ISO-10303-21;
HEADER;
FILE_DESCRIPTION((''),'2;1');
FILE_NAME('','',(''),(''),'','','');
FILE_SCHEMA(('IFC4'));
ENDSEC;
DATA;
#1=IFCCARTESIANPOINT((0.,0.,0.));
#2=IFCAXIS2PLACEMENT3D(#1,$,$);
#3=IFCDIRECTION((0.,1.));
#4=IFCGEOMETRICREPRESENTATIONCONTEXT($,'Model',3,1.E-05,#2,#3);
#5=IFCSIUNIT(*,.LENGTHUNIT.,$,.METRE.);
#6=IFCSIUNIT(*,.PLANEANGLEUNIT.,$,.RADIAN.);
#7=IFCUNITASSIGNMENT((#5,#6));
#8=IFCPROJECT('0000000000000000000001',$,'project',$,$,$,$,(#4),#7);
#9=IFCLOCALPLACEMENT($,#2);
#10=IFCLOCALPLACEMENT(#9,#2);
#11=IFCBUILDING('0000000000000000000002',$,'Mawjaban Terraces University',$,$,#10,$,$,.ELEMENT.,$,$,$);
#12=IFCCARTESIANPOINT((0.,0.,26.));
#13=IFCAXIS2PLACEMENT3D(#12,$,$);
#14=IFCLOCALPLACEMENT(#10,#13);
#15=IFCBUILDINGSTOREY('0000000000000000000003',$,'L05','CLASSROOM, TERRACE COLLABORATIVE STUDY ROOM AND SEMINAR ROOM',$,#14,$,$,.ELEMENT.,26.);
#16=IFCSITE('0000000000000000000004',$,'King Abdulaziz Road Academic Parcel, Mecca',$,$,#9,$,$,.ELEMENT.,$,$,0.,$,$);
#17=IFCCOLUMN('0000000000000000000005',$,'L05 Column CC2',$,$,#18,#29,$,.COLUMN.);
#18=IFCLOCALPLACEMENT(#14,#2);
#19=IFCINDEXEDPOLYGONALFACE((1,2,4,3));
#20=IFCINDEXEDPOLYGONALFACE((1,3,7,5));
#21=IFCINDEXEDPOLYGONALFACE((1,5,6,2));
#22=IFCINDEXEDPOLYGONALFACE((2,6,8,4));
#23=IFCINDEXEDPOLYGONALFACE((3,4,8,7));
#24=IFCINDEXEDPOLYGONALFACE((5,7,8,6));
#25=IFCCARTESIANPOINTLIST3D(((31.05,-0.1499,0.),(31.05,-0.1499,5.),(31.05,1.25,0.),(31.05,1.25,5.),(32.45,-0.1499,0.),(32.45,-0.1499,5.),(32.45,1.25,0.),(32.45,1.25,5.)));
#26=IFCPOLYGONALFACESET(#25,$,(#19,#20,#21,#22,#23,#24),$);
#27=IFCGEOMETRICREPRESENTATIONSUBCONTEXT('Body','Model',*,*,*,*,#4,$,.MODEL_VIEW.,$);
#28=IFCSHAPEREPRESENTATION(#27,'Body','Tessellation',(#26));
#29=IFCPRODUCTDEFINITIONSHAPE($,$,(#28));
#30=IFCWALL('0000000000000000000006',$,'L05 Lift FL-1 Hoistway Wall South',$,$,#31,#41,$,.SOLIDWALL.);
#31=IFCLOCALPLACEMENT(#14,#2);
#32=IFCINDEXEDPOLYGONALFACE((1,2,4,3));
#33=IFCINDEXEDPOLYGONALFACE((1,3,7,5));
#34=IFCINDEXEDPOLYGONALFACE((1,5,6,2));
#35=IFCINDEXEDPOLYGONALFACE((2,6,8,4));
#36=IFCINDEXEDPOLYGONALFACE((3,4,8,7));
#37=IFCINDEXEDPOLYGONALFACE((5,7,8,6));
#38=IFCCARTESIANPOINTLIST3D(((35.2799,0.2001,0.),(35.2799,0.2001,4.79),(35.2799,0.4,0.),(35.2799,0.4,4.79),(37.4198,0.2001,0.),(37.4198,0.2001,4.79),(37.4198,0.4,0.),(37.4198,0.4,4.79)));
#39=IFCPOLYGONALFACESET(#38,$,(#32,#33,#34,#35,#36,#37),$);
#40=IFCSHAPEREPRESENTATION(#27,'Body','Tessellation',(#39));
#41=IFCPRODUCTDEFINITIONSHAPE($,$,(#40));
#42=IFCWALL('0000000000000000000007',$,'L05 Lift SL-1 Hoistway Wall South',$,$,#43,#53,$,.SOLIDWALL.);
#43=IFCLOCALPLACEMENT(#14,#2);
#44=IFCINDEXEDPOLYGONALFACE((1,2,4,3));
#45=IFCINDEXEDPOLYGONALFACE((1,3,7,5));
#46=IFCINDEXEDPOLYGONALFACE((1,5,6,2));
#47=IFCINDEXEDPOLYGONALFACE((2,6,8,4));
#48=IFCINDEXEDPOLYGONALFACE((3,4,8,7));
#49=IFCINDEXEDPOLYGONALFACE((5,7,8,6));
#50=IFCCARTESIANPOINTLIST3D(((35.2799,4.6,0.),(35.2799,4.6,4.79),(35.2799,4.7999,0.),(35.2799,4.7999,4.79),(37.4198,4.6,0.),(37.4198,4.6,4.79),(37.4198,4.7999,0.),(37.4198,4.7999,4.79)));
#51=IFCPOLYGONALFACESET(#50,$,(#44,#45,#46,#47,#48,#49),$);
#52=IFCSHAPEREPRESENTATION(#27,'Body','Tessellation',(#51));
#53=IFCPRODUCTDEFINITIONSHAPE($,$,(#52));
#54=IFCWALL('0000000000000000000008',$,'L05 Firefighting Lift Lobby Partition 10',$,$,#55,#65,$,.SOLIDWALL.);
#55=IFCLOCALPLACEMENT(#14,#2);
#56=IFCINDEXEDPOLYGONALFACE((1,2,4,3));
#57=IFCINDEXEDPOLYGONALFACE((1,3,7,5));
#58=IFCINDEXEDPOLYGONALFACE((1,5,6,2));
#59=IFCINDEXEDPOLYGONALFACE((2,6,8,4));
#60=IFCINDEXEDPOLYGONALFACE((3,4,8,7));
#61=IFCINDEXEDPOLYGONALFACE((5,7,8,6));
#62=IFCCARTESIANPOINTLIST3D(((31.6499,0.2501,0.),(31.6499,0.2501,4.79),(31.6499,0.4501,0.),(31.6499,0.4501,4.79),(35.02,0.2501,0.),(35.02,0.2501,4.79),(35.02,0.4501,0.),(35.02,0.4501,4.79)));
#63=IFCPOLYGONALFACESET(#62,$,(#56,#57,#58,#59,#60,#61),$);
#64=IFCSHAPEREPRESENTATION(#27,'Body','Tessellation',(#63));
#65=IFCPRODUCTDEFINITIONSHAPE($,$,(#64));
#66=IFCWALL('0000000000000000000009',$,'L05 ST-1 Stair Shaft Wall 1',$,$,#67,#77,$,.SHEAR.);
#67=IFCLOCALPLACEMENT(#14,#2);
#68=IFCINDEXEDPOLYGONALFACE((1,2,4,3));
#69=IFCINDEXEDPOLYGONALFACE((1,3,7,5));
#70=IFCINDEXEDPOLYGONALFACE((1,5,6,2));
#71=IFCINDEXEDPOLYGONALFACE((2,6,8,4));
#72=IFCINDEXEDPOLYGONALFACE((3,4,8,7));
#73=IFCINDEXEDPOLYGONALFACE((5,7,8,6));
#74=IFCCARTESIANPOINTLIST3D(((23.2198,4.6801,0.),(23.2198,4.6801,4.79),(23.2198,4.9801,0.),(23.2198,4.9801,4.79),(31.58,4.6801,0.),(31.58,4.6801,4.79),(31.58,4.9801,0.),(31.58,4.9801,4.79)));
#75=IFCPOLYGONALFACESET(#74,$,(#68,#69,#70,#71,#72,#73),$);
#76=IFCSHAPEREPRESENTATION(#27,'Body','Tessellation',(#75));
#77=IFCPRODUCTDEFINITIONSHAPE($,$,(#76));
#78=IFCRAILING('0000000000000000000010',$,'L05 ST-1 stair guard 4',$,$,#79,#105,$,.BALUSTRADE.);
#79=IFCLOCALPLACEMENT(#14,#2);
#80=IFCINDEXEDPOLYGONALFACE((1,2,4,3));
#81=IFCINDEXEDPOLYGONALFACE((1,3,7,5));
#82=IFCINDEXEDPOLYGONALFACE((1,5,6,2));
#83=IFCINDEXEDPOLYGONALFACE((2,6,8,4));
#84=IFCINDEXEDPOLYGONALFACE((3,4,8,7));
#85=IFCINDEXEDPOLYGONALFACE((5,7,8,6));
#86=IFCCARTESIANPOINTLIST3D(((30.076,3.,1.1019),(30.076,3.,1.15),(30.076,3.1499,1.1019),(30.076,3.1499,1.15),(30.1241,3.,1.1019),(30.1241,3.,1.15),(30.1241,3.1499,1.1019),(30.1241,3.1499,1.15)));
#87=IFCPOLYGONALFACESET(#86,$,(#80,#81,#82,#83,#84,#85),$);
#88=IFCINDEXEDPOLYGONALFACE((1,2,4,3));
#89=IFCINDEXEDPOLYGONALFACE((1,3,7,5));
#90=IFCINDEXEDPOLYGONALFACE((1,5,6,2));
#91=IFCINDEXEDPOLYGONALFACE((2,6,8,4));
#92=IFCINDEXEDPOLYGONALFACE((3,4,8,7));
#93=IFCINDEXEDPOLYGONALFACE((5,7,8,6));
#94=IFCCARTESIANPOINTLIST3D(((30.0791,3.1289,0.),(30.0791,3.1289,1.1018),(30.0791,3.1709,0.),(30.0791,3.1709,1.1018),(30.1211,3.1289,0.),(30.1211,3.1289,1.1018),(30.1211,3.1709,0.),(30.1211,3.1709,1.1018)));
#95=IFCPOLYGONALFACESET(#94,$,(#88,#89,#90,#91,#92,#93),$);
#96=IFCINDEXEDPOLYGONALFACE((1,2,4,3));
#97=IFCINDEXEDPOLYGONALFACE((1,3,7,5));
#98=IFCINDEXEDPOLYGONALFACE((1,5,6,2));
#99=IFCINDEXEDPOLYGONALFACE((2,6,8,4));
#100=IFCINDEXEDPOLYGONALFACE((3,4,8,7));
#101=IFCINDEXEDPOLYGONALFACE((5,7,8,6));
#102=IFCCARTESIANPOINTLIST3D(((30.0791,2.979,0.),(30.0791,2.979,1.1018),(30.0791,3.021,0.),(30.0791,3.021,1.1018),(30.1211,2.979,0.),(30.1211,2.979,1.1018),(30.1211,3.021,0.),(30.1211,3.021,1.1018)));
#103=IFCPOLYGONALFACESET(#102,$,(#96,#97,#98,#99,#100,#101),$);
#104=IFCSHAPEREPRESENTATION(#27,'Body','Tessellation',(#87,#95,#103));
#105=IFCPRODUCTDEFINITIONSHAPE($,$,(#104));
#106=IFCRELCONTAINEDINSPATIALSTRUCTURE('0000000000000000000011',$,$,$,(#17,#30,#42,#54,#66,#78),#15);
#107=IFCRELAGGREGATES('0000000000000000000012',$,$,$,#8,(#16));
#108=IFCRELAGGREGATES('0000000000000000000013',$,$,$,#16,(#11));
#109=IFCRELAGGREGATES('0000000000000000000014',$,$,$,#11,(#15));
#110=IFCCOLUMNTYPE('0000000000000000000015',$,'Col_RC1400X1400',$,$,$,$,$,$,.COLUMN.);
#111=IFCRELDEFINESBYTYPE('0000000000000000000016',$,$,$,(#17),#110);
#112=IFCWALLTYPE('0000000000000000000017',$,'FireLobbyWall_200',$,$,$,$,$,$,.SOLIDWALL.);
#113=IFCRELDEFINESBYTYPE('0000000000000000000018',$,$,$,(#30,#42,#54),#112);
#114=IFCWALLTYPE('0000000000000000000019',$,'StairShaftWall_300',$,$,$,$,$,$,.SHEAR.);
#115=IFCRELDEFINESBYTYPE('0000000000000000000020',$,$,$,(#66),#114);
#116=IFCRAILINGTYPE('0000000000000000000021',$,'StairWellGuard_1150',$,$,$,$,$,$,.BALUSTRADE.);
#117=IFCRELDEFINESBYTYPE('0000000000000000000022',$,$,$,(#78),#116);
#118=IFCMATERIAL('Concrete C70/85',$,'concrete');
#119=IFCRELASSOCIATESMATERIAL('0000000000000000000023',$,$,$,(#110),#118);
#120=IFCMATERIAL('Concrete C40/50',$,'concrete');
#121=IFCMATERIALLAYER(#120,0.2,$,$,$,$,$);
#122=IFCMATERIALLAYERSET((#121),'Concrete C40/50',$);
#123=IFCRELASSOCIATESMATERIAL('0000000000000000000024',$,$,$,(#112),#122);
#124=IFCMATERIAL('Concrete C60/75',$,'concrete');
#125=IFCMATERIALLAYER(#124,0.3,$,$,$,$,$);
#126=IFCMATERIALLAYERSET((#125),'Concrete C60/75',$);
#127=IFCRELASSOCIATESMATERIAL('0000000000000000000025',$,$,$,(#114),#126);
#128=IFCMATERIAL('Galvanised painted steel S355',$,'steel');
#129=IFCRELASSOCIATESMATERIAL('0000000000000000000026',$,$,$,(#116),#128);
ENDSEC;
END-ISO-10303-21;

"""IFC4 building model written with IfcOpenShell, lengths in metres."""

from ifc_helpers import new_model, si_unit, direction, frame, frame_2d, origin, origin_2d, place, context, subcontext, project, spatial, rectangle, extrude, material, layer, layer_set, material_profile, profile_set, type_object, element, save


model = new_model("IFC4")

# Units and contexts
model_context = context("Model", 3, precision=1e-05, world=origin(), true_north=direction((0.0, 1.0)))
body_context = subcontext(model_context, "Body", "Model", "MODEL_VIEW")
ifc_project = project(units=[si_unit("LENGTHUNIT", "METRE"), si_unit("PLANEANGLEUNIT", "RADIAN")], contexts=[model_context])

# Site, building, storey
site_placement = place(None, origin())
site = spatial("IfcSite", under=ifc_project, at=site_placement, Name="King Abdulaziz Road Academic Parcel, Mecca", CompositionType="ELEMENT", RefElevation=0.0)
building_placement = place(site_placement, origin())
building = spatial("IfcBuilding", under=site, at=building_placement, Name="Mawjaban Terraces University", CompositionType="ELEMENT")
storey_placement = place(building_placement, frame((0.0, 0.0, 26.0)))
storey = spatial("IfcBuildingStorey", under=building, at=storey_placement, Name="L05", Description="CLASSROOM, TERRACE COLLABORATIVE STUDY ROOM AND SEMINAR ROOM", CompositionType="ELEMENT", Elevation=26.0)

# Column
ifc_material_1 = material(Name="Concrete C70/85", Category="concrete")
ifc_material_profile = material_profile(ifc_material_1, rectangle(XDim=1.3999, YDim=1.3999, at=origin_2d()), Name="RC1400X1400")
ifc_profile_set = profile_set([ifc_material_profile], Name="Concrete C70/85")
column_type = type_object("IfcColumnType", Name="Col_RC1400X1400", PredefinedType="COLUMN", material=ifc_profile_set)
column_placement = place(storey_placement, frame((31.75, 0.55, 0.0), z_axis=(0.0, 0.0, 1.0), x_axis=(1.0, 0.0, 0.0)))
element("IfcColumn", 1, at=column_placement, inside=storey, type_object=column_type, Name="L05 Column CC2", PredefinedType="COLUMN", context=body_context, shape_type="SweptSolid", body=[
    extrude(rectangle(XDim=1.3999, YDim=1.3999, at=origin_2d()), origin(), (0.0, 0.0, 1.0), 5.0),
])

# Shared definitions
ifc_material_2 = material(Name="Concrete C40/50", Category="concrete")
ifc_layer_1 = layer(ifc_material_2, 0.2)
ifc_layer_set_1 = layer_set([ifc_layer_1], Name="Concrete C40/50")
wall_type_1 = type_object("IfcWallType", Name="FireLobbyWall_200", PredefinedType="SOLIDWALL", material=ifc_layer_set_1)

# Wall
wall_1_placement = place(storey_placement, frame((35.28, 0.3, 0.0), z_axis=(0.0, 0.0, 1.0), x_axis=(1.0, 0.0, 0.0)))
element("IfcWall", 2, at=wall_1_placement, inside=storey, type_object=wall_type_1, Name="L05 Lift FL-1 Hoistway Wall South", PredefinedType="SOLIDWALL", context=body_context, shape_type="SweptSolid", body=[
    extrude(rectangle(XDim=2.1399, YDim=0.2, at=frame_2d((1.0698, 0.0))), origin(), (0.0, 0.0, 1.0), 4.79),
])

# Walls
wall_2_placement = place(storey_placement, frame((35.28, 4.7, 0.0), z_axis=(0.0, 0.0, 1.0), x_axis=(1.0, 0.0, 0.0)))
element("IfcWall", 3, at=wall_2_placement, inside=storey, type_object=wall_type_1, Name="L05 Lift SL-1 Hoistway Wall South", PredefinedType="SOLIDWALL", context=body_context, shape_type="SweptSolid", body=[
    extrude(rectangle(XDim=2.1399, YDim=0.2, at=frame_2d((1.0698, 0.0))), origin(), (0.0, 0.0, 1.0), 4.79),
])
wall_3_placement = place(storey_placement, frame((31.6499, 0.3501, 0.0), z_axis=(0.0, 0.0, 1.0), x_axis=(1.0, 0.0, 0.0)))
element("IfcWall", 4, at=wall_3_placement, inside=storey, type_object=wall_type_1, Name="L05 Firefighting Lift Lobby Partition 10", PredefinedType="SOLIDWALL", context=body_context, shape_type="SweptSolid", body=[
    extrude(rectangle(XDim=3.3701, YDim=0.2, at=frame_2d((1.6851, 0.0))), origin(), (0.0, 0.0, 1.0), 4.79),
])

# Wall
ifc_material_3 = material(Name="Concrete C60/75", Category="concrete")
ifc_layer_2 = layer(ifc_material_3, 0.3)
ifc_layer_set_2 = layer_set([ifc_layer_2], Name="Concrete C60/75")
wall_type_2 = type_object("IfcWallType", Name="StairShaftWall_300", PredefinedType="SHEAR", material=ifc_layer_set_2)
wall_4_placement = place(storey_placement, frame((31.5801, 4.8301, 0.0), z_axis=(0.0, 0.0, 1.0), x_axis=(-1.0, 0.0, 0.0)))
element("IfcWall", 5, at=wall_4_placement, inside=storey, type_object=wall_type_2, Name="L05 ST-1 Stair Shaft Wall 1", PredefinedType="SHEAR", context=body_context, shape_type="SweptSolid", body=[
    extrude(rectangle(XDim=8.3601, YDim=0.3, at=frame_2d((4.1802, 0.0))), origin(), (0.0, 0.0, 1.0), 4.79),
])

# Railing
ifc_material_4 = material(Name="Galvanised painted steel S355", Category="steel")
railing_type = type_object("IfcRailingType", Name="StairWellGuard_1150", PredefinedType="BALUSTRADE", material=ifc_material_4)
railing_placement = place(storey_placement, frame((30.1001, 3.1499, 0.0)))
element("IfcRailing", 6, at=railing_placement, inside=storey, type_object=railing_type, Name="L05 ST-1 stair guard 4", PredefinedType="BALUSTRADE", context=body_context, shape_type="SweptSolid", body=[
    extrude(rectangle(XDim=0.0481, YDim=0.0481, at=origin_2d()), frame((0.0, 0.0, 1.126), z_axis=(0.0, -1.0, 0.0), x_axis=(1.0, 0.0, 0.0)), (0.0, 0.0, 1.0), 0.1499),
    extrude(rectangle(XDim=0.042, YDim=0.042, at=origin_2d()), origin(), (0.0, 0.0, 1.0), 1.1018),
    extrude(rectangle(XDim=0.042, YDim=0.042, at=origin_2d()), frame((0.0, -0.1499, 0.0)), (0.0, 0.0, 1.0), 1.1018),
])

save(model, "model.ifc")
